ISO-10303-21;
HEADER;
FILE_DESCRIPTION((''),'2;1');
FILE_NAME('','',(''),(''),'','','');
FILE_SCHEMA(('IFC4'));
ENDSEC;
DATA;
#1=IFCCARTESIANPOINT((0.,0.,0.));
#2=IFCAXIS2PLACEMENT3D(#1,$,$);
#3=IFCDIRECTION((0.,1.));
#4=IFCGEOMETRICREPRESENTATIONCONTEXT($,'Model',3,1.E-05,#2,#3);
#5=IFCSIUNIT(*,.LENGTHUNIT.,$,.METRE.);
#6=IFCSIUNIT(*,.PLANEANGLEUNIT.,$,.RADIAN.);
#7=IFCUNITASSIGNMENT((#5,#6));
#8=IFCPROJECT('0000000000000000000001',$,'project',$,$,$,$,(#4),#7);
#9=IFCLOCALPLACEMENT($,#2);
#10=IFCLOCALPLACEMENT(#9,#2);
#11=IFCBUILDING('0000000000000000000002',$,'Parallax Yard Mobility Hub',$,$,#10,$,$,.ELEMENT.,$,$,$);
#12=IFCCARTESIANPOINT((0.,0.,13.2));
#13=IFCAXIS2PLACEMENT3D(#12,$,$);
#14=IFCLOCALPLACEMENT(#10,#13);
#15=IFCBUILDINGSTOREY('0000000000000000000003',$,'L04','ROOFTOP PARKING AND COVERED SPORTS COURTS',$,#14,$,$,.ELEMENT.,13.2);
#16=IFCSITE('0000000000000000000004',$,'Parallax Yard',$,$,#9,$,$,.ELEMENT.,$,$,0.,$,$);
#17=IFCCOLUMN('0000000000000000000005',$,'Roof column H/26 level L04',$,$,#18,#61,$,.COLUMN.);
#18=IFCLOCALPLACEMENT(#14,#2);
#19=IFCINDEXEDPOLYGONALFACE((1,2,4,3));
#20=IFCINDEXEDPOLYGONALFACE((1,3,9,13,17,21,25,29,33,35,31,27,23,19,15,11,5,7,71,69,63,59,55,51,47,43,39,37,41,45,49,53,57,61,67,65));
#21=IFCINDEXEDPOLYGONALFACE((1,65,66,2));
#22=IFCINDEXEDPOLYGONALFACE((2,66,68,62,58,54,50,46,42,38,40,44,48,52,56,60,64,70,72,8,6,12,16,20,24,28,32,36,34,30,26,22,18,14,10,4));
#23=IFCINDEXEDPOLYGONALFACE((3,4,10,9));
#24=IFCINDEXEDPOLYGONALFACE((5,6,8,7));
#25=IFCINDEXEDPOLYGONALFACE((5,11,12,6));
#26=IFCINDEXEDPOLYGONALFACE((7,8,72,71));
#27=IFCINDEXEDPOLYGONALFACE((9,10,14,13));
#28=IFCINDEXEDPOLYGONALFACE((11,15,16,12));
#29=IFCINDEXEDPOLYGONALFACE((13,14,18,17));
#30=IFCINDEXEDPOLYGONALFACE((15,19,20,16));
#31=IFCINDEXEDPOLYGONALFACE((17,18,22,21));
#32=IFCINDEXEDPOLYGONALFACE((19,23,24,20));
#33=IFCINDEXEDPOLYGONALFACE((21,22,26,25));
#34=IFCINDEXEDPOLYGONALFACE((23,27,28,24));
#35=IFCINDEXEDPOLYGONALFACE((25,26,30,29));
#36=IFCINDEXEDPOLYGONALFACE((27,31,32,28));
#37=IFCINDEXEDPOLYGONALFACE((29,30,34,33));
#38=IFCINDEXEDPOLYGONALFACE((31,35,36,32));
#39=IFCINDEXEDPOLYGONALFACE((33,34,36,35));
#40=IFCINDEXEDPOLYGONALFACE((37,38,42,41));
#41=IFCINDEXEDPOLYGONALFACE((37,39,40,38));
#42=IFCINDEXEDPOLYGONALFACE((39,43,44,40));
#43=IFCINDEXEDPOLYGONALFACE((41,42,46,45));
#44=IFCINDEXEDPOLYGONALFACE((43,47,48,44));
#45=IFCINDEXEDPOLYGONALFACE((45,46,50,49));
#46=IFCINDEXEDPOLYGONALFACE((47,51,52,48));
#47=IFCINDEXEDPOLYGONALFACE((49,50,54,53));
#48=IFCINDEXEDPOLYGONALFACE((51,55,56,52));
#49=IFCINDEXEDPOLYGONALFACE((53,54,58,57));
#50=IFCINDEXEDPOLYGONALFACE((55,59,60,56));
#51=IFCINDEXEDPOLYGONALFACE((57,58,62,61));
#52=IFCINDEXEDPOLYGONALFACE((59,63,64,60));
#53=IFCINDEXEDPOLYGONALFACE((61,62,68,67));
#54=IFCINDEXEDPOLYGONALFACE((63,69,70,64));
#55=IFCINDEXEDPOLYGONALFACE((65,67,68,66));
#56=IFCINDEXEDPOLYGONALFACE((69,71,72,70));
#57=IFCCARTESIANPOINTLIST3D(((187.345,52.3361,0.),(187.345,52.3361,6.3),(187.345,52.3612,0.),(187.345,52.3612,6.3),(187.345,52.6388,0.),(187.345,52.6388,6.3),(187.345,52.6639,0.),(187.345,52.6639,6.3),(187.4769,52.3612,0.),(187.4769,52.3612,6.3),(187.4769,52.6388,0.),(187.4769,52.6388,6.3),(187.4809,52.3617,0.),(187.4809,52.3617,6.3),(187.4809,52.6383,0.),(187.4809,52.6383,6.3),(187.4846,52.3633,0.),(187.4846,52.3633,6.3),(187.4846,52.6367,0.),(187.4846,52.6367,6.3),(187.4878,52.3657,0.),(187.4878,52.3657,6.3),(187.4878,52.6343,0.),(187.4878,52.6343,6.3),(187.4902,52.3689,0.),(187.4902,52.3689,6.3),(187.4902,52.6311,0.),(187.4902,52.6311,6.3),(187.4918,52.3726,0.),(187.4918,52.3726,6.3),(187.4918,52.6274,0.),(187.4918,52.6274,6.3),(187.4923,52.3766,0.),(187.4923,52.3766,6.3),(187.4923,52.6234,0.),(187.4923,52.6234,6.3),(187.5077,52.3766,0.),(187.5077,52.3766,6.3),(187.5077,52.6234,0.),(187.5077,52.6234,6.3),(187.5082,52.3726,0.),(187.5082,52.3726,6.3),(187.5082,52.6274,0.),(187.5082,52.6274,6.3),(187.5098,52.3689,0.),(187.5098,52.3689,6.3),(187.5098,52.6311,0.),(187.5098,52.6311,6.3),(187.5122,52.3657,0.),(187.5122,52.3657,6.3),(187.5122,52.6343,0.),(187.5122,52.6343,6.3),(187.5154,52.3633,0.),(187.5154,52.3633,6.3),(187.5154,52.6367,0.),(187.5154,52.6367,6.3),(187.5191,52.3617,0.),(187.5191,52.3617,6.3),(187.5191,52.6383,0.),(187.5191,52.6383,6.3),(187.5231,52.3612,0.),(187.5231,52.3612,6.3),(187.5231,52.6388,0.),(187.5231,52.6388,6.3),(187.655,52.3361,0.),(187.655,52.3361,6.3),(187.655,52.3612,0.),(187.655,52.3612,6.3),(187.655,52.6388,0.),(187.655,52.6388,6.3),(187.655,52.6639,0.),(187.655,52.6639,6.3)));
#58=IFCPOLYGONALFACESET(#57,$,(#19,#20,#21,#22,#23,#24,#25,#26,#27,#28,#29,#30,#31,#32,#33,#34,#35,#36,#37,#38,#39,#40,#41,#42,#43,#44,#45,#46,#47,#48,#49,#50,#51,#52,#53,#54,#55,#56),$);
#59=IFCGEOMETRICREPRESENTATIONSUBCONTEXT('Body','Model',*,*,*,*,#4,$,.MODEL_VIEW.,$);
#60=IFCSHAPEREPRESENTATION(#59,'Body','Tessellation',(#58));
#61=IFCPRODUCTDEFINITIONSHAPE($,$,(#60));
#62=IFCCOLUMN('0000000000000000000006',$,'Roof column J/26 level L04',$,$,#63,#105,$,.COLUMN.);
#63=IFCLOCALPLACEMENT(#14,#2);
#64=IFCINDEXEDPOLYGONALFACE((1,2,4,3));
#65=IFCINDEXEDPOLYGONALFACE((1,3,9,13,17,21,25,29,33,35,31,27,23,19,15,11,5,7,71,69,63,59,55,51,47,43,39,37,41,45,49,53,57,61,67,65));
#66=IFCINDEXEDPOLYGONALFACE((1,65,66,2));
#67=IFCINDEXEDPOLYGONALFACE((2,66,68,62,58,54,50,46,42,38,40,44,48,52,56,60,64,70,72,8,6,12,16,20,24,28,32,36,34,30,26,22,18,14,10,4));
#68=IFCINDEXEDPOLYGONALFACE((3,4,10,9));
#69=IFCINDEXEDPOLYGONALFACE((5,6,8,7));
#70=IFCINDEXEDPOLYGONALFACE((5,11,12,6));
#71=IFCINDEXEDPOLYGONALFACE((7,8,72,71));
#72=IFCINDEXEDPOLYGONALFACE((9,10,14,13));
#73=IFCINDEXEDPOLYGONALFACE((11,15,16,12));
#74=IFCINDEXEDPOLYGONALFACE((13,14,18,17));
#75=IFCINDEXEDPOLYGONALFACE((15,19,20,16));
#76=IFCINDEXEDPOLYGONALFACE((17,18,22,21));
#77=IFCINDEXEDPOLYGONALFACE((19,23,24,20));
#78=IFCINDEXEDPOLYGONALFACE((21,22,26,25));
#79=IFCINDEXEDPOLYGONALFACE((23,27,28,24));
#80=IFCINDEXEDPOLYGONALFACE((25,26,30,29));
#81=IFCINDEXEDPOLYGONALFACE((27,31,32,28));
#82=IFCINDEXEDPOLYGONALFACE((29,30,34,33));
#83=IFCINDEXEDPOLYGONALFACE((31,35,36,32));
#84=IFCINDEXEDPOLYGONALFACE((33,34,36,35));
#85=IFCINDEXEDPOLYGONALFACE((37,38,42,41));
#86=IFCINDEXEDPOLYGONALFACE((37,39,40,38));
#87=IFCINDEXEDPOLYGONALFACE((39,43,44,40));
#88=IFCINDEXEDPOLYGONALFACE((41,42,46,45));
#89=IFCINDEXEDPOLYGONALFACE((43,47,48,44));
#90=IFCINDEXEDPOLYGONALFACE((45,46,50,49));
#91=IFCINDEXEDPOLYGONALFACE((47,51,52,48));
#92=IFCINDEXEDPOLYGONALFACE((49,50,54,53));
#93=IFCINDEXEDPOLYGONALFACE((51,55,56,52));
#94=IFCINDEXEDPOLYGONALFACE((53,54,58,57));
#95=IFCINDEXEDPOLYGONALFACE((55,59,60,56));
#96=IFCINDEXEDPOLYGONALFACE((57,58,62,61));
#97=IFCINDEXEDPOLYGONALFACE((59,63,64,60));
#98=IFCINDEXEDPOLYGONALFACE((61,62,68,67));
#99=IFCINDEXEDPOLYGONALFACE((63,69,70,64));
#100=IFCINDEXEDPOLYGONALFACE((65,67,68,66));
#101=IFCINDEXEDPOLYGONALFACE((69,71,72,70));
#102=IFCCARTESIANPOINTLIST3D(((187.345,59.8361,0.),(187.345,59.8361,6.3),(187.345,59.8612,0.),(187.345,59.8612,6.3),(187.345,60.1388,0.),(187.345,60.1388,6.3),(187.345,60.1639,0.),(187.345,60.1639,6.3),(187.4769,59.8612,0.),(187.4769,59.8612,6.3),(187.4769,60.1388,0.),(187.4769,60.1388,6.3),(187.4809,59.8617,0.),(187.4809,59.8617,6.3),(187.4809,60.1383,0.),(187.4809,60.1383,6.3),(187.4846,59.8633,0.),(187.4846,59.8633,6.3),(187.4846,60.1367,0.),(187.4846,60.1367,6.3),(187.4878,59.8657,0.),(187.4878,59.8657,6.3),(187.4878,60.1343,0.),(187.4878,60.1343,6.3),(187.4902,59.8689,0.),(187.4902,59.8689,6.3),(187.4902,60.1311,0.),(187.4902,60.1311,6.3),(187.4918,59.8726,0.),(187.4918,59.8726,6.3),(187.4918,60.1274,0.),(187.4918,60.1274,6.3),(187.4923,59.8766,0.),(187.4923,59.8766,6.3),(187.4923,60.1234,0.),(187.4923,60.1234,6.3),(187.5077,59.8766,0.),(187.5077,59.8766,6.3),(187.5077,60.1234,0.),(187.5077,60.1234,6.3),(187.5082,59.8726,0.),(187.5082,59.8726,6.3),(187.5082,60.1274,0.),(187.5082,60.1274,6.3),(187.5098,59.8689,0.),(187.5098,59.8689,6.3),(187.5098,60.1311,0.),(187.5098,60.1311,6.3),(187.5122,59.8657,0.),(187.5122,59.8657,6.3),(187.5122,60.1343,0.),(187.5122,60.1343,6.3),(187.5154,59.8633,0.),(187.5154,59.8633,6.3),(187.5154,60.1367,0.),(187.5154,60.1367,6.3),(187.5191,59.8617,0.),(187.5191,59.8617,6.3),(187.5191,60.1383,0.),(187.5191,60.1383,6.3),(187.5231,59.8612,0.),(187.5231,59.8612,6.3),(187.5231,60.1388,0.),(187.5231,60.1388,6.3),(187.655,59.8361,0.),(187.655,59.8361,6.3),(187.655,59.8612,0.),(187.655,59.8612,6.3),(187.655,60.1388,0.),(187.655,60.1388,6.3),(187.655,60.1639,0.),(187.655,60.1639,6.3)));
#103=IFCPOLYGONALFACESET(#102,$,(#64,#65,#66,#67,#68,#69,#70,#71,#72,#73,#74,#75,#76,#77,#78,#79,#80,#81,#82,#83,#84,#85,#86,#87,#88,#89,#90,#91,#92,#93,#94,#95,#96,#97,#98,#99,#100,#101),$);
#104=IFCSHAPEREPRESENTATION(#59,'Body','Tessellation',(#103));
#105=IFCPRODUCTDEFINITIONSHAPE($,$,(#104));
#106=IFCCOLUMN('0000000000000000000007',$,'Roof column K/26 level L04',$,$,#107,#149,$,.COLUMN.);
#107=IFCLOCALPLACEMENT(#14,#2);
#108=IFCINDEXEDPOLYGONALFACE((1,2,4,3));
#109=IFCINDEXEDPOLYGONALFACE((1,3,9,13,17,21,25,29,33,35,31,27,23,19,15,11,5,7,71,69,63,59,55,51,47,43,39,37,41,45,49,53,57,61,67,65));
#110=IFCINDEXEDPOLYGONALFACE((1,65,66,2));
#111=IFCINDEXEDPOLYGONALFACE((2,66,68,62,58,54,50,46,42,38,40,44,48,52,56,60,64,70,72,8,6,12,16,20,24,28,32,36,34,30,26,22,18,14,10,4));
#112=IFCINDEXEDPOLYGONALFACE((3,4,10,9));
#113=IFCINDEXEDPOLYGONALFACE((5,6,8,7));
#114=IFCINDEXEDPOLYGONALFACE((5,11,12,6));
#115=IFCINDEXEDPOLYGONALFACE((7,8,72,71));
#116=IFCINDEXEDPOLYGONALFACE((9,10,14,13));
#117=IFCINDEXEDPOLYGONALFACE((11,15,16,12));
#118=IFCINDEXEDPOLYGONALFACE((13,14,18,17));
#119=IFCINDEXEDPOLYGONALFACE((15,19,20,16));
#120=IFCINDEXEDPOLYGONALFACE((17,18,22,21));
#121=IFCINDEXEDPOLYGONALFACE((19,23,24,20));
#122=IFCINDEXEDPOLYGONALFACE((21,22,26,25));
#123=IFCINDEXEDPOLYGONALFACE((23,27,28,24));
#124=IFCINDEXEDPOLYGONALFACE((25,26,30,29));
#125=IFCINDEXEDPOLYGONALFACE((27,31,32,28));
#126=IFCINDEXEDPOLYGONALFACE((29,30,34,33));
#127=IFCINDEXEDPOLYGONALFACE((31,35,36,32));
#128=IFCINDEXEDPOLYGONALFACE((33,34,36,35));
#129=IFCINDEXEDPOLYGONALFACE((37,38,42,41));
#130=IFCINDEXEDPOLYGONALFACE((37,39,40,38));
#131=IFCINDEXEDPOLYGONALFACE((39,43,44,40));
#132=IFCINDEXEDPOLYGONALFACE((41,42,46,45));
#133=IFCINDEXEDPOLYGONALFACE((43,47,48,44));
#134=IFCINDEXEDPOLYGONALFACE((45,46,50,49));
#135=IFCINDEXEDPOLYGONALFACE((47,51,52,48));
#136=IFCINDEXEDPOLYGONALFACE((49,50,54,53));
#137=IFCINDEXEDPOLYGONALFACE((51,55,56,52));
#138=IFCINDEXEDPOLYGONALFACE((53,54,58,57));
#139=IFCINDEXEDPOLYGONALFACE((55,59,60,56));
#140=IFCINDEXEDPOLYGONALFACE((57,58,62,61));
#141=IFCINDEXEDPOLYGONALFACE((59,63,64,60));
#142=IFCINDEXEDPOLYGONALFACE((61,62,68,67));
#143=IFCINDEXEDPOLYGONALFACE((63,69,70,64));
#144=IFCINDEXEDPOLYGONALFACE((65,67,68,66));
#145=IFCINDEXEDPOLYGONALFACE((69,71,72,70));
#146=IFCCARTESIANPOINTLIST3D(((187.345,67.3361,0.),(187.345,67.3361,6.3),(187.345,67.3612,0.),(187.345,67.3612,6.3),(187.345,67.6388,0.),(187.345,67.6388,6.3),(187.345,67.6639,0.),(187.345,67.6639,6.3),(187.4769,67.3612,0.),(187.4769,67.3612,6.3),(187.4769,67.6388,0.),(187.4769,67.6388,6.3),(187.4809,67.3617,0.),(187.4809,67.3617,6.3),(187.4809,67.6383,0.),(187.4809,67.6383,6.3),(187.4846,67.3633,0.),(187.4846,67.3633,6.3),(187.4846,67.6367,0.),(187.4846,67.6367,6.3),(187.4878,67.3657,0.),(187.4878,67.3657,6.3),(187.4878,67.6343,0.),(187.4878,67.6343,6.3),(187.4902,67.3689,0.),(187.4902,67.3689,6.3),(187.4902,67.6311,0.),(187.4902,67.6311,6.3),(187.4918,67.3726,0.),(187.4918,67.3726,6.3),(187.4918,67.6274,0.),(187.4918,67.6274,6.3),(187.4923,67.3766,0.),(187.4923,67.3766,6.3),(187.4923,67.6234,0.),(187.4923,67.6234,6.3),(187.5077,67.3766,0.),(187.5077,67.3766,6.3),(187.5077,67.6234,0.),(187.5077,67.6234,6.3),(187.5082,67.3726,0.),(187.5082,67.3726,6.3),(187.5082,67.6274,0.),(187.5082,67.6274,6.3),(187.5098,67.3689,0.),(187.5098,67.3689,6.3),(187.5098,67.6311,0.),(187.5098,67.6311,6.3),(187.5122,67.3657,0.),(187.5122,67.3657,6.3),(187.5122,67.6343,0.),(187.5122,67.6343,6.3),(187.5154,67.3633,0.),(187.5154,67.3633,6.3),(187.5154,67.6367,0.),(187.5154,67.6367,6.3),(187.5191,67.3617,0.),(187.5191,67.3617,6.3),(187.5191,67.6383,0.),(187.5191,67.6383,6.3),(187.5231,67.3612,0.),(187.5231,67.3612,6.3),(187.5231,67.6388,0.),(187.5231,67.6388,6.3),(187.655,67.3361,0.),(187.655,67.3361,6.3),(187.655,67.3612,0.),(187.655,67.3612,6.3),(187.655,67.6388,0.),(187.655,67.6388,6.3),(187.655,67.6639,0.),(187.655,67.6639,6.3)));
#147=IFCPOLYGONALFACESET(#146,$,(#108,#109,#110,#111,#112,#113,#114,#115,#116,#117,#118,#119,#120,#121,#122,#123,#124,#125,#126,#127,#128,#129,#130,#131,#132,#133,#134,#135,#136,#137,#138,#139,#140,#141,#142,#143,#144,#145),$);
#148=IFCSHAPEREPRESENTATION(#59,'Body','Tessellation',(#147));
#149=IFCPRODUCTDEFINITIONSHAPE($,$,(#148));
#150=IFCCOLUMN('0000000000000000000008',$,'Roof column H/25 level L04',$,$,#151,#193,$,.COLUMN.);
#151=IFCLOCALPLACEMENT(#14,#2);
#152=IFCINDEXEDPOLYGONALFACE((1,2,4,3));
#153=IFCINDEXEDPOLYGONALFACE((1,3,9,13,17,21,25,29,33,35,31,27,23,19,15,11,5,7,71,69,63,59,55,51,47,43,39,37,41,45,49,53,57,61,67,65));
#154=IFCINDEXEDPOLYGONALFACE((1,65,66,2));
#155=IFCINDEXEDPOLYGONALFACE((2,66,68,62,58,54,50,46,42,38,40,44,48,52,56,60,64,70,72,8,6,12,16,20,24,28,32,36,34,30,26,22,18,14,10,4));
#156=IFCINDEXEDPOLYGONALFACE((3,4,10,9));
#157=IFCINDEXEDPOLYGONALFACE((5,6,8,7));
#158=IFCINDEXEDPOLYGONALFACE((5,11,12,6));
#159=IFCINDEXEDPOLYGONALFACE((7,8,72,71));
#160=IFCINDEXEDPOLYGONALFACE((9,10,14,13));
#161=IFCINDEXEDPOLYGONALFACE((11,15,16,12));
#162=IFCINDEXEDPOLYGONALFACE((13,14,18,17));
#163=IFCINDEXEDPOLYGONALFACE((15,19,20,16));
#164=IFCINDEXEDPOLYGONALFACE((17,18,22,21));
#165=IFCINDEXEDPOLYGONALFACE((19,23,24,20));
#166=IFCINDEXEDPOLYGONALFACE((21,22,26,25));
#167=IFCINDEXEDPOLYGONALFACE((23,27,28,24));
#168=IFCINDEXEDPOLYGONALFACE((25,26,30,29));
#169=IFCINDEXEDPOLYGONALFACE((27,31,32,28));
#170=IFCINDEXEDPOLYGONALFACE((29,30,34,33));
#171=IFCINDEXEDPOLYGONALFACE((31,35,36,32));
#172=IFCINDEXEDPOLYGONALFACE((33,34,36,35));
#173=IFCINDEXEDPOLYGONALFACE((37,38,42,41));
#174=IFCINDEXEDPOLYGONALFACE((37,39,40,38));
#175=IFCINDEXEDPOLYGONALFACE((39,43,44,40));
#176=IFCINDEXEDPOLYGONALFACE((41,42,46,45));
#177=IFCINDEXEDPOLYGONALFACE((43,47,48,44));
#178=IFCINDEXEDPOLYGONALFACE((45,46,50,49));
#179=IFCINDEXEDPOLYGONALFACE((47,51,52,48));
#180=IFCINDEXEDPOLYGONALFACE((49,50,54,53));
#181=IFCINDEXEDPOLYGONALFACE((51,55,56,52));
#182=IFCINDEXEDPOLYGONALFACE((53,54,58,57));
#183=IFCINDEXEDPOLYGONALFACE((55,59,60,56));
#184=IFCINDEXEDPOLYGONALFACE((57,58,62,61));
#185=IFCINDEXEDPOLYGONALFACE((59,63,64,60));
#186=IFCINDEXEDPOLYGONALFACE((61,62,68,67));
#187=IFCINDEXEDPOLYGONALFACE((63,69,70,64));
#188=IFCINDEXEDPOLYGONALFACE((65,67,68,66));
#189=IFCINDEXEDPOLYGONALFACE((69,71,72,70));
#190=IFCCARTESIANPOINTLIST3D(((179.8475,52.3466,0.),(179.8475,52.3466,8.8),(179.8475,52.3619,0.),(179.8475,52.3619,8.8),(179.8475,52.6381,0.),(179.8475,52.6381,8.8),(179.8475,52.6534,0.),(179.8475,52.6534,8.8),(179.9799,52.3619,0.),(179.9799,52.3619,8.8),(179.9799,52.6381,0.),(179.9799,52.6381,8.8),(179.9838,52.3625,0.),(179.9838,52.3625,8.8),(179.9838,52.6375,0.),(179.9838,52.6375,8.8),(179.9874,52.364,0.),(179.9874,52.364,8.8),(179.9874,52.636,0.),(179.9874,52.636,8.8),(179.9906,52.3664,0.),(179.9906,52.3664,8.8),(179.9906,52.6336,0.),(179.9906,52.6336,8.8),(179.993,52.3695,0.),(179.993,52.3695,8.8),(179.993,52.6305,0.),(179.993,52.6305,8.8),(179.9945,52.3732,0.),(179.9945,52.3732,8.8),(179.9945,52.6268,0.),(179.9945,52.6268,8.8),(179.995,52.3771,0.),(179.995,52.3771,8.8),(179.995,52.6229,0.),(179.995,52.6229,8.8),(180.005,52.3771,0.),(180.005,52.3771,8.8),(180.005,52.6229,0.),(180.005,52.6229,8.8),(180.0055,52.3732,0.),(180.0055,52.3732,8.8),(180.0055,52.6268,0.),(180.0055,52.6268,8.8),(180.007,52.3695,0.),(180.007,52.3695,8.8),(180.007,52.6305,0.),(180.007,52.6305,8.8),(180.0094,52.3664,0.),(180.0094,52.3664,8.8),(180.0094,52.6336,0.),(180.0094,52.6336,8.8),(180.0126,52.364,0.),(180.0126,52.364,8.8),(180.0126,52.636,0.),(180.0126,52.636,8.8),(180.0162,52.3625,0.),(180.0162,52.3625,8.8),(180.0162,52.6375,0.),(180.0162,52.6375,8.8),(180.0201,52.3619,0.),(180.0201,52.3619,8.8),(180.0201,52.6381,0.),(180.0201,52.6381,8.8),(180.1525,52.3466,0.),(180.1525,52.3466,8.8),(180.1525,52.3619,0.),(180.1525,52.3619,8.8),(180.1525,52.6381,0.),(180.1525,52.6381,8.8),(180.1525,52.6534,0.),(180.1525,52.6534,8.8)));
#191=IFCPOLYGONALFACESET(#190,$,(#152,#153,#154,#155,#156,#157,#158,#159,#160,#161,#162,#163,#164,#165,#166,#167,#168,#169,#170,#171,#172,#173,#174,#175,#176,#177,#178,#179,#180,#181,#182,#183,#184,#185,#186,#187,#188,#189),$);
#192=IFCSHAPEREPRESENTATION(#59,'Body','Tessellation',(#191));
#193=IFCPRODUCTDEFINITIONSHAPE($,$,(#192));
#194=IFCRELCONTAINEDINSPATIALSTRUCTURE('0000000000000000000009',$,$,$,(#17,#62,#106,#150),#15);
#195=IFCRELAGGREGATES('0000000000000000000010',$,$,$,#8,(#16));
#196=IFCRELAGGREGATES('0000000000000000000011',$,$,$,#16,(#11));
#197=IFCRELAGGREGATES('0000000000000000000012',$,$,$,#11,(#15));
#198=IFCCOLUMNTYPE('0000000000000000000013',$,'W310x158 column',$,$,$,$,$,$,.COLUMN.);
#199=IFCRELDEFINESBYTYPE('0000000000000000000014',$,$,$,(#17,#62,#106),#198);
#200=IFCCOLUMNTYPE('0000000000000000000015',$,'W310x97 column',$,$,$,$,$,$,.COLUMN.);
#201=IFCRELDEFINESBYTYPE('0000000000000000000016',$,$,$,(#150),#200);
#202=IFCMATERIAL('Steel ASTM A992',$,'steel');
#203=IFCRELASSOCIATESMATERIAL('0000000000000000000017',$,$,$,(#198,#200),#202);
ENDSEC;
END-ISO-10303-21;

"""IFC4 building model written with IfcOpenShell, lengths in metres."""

from ifc_helpers import new_model, si_unit, direction, frame, origin, origin_2d, place, context, subcontext, project, spatial, i_section, extrude, material, material_profile, profile_set, type_object, element, save


model = new_model("IFC4")

# Units and contexts
model_context = context("Model", 3, precision=1e-05, world=origin(), true_north=direction((0.0, 1.0)))
body_context = subcontext(model_context, "Body", "Model", "MODEL_VIEW")
ifc_project = project(units=[si_unit("LENGTHUNIT", "METRE"), si_unit("PLANEANGLEUNIT", "RADIAN")], contexts=[model_context])

# Site, building, storey
site_placement = place(None, origin())
site = spatial("IfcSite", under=ifc_project, at=site_placement, Name="Parallax Yard", CompositionType="ELEMENT", RefElevation=0.0)
building_placement = place(site_placement, origin())
building = spatial("IfcBuilding", under=site, at=building_placement, Name="Parallax Yard Mobility Hub", CompositionType="ELEMENT")
storey_placement = place(building_placement, frame((0.0, 0.0, 13.2)))
storey = spatial("IfcBuildingStorey", under=building, at=storey_placement, Name="L04", Description="ROOFTOP PARKING AND COVERED SPORTS COURTS", CompositionType="ELEMENT", Elevation=13.2)

# Columns
ifc_material_1 = material(Name="Steel ASTM A992", Category="steel")
ifc_material_profile_1 = material_profile(ifc_material_1, i_section(OverallWidth=0.3101, OverallDepth=0.3279, WebThickness=0.0154, FlangeThickness=0.0251, FilletRadius=0.0154, at=origin_2d()), Name="W310x158")
ifc_profile_set_1 = profile_set([ifc_material_profile_1], Name="Steel ASTM A992")
column_type_1 = type_object("IfcColumnType", Name="W310x158 column", PredefinedType="COLUMN", material=ifc_profile_set_1)
for number, where, z_axis, x_axis, name in (
    (1, (187.5, 52.5, 0.0), (0.0, 0.0, 1.0), (1.0, 0.0, 0.0), "Roof column H/26 level L04"),
    (2, (187.5, 60.0, 0.0), (0.0, 0.0, 1.0), (1.0, 0.0, 0.0), "Roof column J/26 level L04"),
    (3, (187.5, 67.5, 0.0), (0.0, 0.0, 1.0), (1.0, 0.0, 0.0), "Roof column K/26 level L04"),
):
    element("IfcColumn", number, at=place(storey_placement, frame(where, z_axis=z_axis, x_axis=x_axis)), inside=storey, type_object=column_type_1, Name=name, PredefinedType="COLUMN", context=body_context, shape_type="SweptSolid", body=[
        extrude(i_section(OverallWidth=0.3101, OverallDepth=0.3279, WebThickness=0.0154, FlangeThickness=0.0251, FilletRadius=0.0154, at=origin_2d()), origin(), (0.0, 0.0, 1.0), 6.3),
    ])
ifc_material_profile_2 = material_profile(ifc_material_1, i_section(OverallWidth=0.3049, OverallDepth=0.3069, WebThickness=0.01, FlangeThickness=0.0154, FilletRadius=0.0151, at=origin_2d()), Name="W310x97")
ifc_profile_set_2 = profile_set([ifc_material_profile_2], Name="Steel ASTM A992")
column_type_2 = type_object("IfcColumnType", Name="W310x97 column", PredefinedType="COLUMN", material=ifc_profile_set_2)
for number, where, z_axis, x_axis, name in (
    (4, (180.0, 52.5, 0.0), (0.0, 0.0, 1.0), (1.0, 0.0, 0.0), "Roof column H/25 level L04"),
):
    element("IfcColumn", number, at=place(storey_placement, frame(where, z_axis=z_axis, x_axis=x_axis)), inside=storey, type_object=column_type_2, Name=name, PredefinedType="COLUMN", context=body_context, shape_type="SweptSolid", body=[
        extrude(i_section(OverallWidth=0.3049, OverallDepth=0.3069, WebThickness=0.01, FlangeThickness=0.0154, FilletRadius=0.0151, at=origin_2d()), origin(), (0.0, 0.0, 1.0), 8.8),
    ])

save(model, "model.ifc")
